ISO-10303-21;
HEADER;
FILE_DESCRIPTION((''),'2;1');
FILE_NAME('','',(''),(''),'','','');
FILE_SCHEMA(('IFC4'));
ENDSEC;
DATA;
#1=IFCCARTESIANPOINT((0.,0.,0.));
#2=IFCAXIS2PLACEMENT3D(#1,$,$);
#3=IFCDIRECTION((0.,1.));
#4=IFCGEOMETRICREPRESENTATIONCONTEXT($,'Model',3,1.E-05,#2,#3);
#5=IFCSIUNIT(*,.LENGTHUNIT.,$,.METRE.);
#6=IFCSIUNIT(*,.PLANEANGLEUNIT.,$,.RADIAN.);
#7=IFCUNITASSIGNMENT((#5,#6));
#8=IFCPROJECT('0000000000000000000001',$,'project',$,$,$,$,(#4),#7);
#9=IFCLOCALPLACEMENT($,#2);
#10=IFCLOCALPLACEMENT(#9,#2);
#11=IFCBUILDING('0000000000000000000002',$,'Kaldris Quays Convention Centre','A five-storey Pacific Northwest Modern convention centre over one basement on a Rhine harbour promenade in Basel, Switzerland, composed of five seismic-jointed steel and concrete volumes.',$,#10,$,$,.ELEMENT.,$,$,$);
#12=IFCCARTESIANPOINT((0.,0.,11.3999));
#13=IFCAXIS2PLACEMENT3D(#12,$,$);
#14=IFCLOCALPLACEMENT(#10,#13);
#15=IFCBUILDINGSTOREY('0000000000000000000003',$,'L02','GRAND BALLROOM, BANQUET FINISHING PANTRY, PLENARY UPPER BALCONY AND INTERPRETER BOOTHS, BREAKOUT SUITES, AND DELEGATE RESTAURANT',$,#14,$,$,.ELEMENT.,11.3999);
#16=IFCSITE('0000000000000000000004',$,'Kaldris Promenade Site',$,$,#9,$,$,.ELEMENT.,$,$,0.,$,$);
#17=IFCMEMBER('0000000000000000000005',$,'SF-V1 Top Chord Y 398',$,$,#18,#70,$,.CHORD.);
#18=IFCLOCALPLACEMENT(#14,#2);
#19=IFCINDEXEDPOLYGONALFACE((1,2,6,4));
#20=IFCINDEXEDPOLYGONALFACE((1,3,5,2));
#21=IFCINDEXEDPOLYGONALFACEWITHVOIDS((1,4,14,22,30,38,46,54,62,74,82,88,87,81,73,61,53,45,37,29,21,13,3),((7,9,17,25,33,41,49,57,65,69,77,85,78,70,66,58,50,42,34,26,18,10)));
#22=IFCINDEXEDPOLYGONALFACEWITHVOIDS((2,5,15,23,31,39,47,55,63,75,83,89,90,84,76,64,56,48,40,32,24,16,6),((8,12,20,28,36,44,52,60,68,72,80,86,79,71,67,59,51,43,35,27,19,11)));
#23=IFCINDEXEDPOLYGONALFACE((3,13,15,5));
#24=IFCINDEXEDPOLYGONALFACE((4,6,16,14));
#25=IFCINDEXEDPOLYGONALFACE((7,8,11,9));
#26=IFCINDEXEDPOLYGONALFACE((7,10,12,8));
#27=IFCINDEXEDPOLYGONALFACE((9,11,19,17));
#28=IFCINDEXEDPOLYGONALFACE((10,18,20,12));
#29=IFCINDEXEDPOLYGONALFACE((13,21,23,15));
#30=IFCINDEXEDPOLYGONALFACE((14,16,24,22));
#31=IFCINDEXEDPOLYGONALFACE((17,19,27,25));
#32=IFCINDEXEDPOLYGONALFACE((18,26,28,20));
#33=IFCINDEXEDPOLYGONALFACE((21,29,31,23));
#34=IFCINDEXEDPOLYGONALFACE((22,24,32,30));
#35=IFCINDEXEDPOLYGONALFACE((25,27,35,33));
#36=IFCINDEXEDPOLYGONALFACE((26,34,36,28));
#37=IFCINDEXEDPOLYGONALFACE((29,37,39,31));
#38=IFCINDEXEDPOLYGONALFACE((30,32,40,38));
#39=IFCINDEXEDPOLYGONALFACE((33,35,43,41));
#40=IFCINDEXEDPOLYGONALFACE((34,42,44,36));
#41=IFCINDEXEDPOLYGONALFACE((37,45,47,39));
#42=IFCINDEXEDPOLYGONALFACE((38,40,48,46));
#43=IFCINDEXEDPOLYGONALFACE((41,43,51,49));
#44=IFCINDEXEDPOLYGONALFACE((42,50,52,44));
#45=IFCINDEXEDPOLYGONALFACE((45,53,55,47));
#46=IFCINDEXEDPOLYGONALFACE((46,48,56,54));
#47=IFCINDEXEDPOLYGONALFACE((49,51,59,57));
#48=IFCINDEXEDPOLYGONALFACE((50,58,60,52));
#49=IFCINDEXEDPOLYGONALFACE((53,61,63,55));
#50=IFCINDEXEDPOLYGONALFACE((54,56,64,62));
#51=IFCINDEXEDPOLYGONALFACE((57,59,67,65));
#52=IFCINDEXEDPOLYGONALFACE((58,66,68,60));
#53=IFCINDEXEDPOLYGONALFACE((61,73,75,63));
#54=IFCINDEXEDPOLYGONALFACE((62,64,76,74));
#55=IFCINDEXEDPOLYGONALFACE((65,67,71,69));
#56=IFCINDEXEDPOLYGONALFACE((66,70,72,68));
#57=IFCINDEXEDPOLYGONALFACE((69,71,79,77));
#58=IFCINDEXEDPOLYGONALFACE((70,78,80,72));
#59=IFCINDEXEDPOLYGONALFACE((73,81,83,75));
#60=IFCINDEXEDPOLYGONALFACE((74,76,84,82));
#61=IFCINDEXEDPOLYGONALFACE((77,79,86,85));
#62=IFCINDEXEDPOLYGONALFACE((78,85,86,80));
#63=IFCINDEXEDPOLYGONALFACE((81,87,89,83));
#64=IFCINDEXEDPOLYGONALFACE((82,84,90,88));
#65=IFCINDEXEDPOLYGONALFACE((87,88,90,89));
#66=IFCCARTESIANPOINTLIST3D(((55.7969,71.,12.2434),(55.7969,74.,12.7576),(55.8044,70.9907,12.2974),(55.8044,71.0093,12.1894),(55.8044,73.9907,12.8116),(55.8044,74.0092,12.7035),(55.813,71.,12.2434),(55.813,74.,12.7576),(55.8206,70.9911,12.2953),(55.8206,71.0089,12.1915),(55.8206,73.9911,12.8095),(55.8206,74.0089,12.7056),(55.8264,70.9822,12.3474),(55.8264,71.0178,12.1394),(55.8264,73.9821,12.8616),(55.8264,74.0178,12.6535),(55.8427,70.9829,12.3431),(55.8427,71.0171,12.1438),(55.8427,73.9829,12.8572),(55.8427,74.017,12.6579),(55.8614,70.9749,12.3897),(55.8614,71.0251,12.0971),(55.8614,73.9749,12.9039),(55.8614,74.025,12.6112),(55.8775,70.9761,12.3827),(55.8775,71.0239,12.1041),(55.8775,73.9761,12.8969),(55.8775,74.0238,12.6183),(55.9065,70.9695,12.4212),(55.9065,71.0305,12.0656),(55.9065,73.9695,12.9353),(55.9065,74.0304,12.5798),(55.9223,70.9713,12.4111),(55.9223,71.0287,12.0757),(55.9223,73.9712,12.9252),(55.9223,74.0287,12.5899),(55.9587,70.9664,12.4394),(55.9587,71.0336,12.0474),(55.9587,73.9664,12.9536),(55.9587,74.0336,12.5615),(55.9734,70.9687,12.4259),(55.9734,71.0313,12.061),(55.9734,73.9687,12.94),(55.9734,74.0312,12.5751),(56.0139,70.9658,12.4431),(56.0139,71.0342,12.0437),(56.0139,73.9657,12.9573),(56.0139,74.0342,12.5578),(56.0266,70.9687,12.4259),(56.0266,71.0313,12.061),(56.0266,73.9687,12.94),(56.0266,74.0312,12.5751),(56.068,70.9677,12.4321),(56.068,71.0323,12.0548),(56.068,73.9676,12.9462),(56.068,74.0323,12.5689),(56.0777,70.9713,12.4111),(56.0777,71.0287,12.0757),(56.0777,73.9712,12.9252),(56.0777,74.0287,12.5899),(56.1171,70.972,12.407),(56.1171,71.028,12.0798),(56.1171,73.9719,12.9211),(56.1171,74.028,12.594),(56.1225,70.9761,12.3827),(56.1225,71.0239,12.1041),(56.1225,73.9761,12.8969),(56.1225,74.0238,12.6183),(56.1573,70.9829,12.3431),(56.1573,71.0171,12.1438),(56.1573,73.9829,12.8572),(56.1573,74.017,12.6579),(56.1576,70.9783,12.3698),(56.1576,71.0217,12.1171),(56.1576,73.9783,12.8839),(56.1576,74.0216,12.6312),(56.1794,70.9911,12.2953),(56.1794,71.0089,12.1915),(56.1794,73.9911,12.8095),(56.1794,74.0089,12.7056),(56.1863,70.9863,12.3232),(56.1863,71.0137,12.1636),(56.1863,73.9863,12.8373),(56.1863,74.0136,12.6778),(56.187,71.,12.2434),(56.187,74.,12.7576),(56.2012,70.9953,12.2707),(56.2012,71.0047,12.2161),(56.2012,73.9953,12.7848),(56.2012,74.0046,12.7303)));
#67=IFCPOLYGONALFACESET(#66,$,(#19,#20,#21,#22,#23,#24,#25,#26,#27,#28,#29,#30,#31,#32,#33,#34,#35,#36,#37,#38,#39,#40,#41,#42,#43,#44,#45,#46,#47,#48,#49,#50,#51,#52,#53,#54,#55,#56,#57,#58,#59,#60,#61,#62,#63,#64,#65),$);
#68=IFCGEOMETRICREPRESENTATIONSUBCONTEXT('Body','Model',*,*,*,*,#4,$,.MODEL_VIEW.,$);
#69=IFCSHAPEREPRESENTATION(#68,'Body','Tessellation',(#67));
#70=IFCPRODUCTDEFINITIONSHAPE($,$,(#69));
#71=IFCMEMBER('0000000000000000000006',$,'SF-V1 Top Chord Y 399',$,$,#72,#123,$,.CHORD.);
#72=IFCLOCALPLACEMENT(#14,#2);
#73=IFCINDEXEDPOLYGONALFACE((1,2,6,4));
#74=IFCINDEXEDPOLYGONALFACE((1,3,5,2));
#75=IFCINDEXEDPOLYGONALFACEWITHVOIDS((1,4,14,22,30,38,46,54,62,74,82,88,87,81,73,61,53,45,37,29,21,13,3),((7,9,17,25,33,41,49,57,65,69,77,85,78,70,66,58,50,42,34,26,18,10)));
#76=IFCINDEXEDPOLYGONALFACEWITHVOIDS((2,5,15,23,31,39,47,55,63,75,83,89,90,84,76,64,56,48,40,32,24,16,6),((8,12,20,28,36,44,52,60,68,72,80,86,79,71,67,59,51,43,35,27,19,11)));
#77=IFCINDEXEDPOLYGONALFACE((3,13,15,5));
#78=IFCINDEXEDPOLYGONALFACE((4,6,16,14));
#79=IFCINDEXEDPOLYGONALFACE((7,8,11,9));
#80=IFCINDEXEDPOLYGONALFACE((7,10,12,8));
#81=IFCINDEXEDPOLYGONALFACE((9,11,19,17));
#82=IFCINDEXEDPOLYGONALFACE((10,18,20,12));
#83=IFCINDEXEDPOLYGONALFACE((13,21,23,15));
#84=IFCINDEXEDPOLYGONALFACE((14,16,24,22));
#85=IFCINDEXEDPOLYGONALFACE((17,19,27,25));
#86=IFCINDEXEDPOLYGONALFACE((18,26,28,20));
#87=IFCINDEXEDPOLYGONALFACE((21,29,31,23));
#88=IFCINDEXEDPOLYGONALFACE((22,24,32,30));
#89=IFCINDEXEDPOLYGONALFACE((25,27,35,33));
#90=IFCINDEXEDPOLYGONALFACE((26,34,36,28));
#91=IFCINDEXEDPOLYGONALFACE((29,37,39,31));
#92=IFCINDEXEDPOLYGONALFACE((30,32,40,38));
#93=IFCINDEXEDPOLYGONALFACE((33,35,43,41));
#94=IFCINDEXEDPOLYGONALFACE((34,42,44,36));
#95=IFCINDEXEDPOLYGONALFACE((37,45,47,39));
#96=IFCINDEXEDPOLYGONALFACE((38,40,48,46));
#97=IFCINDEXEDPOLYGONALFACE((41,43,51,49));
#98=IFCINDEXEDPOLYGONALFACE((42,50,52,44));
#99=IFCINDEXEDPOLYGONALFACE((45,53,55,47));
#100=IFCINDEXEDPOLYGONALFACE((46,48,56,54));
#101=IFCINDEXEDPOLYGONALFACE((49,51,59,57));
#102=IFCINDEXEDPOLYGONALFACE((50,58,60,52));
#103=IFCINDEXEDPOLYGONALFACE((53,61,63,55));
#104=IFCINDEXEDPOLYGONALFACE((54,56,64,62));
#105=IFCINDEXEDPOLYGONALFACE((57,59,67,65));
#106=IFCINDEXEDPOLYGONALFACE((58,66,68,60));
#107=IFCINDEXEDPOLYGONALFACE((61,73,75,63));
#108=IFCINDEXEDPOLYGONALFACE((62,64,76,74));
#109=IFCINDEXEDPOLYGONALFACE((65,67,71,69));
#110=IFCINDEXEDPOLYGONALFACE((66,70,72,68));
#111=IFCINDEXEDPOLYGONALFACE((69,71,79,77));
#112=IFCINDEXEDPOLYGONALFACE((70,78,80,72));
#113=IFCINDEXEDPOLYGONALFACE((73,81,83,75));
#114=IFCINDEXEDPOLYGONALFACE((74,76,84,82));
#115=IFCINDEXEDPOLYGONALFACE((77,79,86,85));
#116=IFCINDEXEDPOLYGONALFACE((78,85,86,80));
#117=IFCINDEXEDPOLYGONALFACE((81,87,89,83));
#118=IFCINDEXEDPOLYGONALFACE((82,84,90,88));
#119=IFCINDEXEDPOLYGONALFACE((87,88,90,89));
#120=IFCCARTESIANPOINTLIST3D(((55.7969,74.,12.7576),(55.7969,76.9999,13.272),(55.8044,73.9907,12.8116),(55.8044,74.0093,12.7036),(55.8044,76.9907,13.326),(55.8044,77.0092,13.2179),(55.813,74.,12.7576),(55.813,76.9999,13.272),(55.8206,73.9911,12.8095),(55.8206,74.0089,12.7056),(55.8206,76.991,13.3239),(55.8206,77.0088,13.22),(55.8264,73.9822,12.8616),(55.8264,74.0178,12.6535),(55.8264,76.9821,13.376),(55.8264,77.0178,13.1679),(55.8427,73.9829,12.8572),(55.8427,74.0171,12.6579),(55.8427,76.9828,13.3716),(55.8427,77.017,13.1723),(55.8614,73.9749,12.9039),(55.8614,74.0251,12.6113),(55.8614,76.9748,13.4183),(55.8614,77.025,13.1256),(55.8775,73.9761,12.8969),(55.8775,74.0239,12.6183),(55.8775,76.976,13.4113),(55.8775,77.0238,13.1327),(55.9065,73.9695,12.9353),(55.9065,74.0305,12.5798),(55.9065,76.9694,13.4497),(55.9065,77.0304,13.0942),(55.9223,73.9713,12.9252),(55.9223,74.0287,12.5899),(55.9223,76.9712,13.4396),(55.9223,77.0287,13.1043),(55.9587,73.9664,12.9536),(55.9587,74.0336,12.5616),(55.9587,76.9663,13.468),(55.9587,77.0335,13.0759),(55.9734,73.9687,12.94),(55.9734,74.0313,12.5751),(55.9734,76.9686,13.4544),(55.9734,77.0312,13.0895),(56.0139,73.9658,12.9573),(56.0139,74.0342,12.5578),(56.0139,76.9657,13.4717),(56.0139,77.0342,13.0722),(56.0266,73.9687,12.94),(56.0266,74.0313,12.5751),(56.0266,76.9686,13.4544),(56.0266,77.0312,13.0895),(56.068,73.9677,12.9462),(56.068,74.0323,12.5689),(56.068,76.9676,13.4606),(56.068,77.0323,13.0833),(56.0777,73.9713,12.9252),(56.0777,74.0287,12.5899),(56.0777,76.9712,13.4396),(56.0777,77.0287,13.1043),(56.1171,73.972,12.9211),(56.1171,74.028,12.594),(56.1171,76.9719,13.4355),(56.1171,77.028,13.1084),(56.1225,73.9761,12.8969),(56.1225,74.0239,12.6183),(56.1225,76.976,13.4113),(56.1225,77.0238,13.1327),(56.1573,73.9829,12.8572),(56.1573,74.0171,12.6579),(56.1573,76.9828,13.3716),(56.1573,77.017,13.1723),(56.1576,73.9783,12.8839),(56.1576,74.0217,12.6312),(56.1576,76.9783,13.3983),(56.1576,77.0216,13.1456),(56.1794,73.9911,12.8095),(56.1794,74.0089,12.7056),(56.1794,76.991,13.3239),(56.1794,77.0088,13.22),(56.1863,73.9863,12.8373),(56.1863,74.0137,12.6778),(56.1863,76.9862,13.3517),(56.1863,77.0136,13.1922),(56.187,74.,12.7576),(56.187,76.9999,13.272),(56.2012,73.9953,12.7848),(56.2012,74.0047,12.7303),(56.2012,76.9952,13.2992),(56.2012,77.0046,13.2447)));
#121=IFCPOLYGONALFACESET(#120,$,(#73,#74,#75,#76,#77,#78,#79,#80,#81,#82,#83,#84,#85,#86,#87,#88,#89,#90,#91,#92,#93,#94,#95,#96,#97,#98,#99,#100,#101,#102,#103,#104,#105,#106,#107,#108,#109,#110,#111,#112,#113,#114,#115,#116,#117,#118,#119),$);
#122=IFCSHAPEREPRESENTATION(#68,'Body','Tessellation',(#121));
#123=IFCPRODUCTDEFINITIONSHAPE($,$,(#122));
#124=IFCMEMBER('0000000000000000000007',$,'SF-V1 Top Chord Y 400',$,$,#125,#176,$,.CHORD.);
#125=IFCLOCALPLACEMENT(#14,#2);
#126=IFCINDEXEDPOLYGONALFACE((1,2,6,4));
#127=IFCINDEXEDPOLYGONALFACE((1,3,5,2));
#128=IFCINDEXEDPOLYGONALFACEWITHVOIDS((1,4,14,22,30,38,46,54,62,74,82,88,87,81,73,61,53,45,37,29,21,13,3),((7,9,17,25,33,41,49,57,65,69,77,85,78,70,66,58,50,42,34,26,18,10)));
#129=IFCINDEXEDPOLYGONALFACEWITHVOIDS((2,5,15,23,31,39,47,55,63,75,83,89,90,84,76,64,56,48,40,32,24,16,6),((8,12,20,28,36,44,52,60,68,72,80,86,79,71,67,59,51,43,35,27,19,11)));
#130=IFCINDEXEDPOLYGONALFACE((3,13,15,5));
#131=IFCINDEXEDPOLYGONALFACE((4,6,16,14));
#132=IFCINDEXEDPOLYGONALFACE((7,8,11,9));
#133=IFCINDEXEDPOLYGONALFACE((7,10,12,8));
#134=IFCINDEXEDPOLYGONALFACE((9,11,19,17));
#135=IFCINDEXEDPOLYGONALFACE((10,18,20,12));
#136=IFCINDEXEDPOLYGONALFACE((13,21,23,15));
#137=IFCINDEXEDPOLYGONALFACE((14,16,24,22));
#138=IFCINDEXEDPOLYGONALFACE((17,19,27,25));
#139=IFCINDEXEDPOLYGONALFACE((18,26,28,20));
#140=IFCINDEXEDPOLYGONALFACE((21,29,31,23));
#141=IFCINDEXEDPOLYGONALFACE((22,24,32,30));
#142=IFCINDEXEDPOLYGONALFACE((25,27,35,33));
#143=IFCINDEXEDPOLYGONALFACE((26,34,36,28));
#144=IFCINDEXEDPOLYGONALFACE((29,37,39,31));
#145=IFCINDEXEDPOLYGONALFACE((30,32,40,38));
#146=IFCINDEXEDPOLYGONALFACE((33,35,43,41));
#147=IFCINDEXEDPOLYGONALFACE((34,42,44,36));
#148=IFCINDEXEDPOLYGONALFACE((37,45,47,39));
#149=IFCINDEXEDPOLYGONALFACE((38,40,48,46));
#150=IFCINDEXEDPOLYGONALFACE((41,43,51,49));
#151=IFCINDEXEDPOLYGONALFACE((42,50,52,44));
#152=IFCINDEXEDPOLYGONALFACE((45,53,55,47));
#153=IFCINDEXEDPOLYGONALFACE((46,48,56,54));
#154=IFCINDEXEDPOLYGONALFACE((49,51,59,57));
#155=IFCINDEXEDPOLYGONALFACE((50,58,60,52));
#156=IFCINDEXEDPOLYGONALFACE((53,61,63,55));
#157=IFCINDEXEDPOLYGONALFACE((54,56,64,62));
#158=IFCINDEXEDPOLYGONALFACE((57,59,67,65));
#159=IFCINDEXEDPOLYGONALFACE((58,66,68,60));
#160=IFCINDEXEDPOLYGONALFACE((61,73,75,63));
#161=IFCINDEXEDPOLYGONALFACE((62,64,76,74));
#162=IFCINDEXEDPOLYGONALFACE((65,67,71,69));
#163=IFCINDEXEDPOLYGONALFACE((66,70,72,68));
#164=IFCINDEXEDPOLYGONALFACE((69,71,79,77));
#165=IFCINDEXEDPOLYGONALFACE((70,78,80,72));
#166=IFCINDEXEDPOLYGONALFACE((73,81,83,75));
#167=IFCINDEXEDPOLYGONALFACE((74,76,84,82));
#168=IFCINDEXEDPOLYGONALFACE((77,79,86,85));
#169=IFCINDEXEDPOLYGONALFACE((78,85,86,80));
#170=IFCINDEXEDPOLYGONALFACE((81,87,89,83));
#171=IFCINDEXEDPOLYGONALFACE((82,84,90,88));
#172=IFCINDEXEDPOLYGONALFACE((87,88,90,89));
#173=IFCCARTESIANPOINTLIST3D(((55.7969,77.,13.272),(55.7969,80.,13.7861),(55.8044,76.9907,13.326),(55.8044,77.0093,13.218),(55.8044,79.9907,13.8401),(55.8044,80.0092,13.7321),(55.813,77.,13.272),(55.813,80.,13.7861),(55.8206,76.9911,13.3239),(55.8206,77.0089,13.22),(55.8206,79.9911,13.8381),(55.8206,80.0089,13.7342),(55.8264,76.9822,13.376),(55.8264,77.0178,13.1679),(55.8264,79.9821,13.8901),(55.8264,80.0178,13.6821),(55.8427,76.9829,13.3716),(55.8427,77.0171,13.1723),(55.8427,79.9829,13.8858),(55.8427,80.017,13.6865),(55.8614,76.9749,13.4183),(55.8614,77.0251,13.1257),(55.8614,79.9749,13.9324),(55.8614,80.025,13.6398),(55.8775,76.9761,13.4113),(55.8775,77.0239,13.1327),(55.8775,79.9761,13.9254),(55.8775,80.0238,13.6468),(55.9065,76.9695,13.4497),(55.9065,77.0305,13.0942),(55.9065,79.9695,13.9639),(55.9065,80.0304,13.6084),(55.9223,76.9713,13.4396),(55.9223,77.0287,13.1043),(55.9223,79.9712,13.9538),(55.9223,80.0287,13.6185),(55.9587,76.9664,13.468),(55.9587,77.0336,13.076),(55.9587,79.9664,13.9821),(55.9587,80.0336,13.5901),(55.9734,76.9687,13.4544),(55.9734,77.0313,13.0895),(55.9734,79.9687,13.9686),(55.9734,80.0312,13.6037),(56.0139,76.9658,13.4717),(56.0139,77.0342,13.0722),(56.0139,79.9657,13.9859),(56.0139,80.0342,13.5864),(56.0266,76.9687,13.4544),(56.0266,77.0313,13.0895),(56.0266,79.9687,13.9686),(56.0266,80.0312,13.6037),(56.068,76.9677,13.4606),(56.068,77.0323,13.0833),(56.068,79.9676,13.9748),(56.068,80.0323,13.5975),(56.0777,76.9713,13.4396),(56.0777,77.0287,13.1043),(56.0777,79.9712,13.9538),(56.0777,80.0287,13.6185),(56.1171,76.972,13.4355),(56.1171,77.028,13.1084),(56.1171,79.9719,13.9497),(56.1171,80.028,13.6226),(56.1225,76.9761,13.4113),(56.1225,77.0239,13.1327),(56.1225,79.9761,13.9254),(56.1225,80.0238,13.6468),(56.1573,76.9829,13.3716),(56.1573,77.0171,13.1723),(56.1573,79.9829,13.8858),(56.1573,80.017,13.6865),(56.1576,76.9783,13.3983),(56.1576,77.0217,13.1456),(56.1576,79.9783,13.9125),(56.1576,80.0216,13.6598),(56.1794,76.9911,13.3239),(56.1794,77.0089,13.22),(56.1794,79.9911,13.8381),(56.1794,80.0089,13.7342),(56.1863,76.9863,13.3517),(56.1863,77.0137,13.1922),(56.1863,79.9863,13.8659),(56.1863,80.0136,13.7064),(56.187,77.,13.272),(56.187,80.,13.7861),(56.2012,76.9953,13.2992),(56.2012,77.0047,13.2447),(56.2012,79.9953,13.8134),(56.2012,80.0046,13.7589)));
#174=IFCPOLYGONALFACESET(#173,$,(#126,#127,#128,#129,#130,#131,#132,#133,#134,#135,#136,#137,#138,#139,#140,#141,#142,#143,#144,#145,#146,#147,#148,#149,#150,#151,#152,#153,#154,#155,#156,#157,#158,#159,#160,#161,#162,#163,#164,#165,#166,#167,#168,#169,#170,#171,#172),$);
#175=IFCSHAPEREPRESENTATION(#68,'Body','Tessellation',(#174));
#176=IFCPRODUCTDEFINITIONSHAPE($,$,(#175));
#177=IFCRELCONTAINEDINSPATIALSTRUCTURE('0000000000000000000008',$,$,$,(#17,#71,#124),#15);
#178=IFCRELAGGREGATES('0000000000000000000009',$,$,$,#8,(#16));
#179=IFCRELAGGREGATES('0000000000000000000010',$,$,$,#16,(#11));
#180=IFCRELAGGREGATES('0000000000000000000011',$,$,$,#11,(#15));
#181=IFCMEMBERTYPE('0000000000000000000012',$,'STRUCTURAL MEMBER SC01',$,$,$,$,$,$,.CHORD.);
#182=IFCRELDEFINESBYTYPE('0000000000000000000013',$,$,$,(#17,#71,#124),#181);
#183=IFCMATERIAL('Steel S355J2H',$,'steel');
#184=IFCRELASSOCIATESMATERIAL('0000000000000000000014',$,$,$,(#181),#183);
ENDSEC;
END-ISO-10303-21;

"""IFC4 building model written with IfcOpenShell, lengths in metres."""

from ifc_helpers import new_model, si_unit, direction, frame, origin, origin_2d, place, context, subcontext, project, spatial, hollow_circle, extrude, material, material_profile, profile_set, type_object, element, save


model = new_model("IFC4")

# Units and contexts
model_context = context("Model", 3, precision=1e-05, world=origin(), true_north=direction((0.0, 1.0)))
body_context = subcontext(model_context, "Body", "Model", "MODEL_VIEW")
ifc_project = project(units=[si_unit("LENGTHUNIT", "METRE"), si_unit("PLANEANGLEUNIT", "RADIAN")], contexts=[model_context])

# Site, building, storey
site_placement = place(None, origin())
site = spatial("IfcSite", under=ifc_project, at=site_placement, Name="Kaldris Promenade Site", CompositionType="ELEMENT", RefElevation=0.0)
building_placement = place(site_placement, origin())
building = spatial("IfcBuilding", under=site, at=building_placement, Name="Kaldris Quays Convention Centre", Description="A five-storey Pacific Northwest Modern convention centre over one basement on a Rhine harbour promenade in Basel, Switzerland, composed of five seismic-jointed steel and concrete volumes.", CompositionType="ELEMENT")
storey_placement = place(building_placement, frame((0.0, 0.0, 11.3999)))
storey = spatial("IfcBuildingStorey", under=building, at=storey_placement, Name="L02", Description="GRAND BALLROOM, BANQUET FINISHING PANTRY, PLENARY UPPER BALCONY AND INTERPRETER BOOTHS, BREAKOUT SUITES, AND DELEGATE RESTAURANT", CompositionType="ELEMENT", Elevation=11.3999)

# Members
ifc_material = material(Name="Steel S355J2H", Category="steel")
ifc_material_profile_1 = material_profile(ifc_material, hollow_circle(Radius=0.2031, WallThickness=0.0161, at=origin_2d()), Name="CHS 406.4x16")
ifc_profile_set_1 = profile_set([ifc_material_profile_1], Name="Steel S355J2H")
member_type_1 = type_object("IfcMemberType", Name="STRUCTURAL MEMBER SC01", PredefinedType="CHORD", material=ifc_profile_set_1)
for number, where, z_axis, x_axis, name in (
    (1, (56.0, 71.0, 12.2434), (0.0, 0.985629, 0.168924), (-1.0, 0.0, 0.0), "SF-V1 Top Chord Y 398"),
    (2, (56.0, 74.0, 12.7576), (0.0, 0.985616, 0.169002), (-1.0, 0.0, 0.0), "SF-V1 Top Chord Y 399"),
    (3, (56.0, 77.0, 13.272), (0.0, 0.985629, 0.168924), (-1.0, 0.0, 0.0), "SF-V1 Top Chord Y 400"),
):
    element("IfcMember", number, at=place(storey_placement, frame(where, z_axis=z_axis, x_axis=x_axis)), inside=storey, type_object=member_type_1, Name=name, PredefinedType="CHORD", context=body_context, shape_type="SweptSolid", body=[
        extrude(hollow_circle(Radius=0.2031, WallThickness=0.0161, at=origin_2d()), origin(), (0.0, 0.0, 1.0), 3.0437),
    ])

save(model, "model.ifc")
